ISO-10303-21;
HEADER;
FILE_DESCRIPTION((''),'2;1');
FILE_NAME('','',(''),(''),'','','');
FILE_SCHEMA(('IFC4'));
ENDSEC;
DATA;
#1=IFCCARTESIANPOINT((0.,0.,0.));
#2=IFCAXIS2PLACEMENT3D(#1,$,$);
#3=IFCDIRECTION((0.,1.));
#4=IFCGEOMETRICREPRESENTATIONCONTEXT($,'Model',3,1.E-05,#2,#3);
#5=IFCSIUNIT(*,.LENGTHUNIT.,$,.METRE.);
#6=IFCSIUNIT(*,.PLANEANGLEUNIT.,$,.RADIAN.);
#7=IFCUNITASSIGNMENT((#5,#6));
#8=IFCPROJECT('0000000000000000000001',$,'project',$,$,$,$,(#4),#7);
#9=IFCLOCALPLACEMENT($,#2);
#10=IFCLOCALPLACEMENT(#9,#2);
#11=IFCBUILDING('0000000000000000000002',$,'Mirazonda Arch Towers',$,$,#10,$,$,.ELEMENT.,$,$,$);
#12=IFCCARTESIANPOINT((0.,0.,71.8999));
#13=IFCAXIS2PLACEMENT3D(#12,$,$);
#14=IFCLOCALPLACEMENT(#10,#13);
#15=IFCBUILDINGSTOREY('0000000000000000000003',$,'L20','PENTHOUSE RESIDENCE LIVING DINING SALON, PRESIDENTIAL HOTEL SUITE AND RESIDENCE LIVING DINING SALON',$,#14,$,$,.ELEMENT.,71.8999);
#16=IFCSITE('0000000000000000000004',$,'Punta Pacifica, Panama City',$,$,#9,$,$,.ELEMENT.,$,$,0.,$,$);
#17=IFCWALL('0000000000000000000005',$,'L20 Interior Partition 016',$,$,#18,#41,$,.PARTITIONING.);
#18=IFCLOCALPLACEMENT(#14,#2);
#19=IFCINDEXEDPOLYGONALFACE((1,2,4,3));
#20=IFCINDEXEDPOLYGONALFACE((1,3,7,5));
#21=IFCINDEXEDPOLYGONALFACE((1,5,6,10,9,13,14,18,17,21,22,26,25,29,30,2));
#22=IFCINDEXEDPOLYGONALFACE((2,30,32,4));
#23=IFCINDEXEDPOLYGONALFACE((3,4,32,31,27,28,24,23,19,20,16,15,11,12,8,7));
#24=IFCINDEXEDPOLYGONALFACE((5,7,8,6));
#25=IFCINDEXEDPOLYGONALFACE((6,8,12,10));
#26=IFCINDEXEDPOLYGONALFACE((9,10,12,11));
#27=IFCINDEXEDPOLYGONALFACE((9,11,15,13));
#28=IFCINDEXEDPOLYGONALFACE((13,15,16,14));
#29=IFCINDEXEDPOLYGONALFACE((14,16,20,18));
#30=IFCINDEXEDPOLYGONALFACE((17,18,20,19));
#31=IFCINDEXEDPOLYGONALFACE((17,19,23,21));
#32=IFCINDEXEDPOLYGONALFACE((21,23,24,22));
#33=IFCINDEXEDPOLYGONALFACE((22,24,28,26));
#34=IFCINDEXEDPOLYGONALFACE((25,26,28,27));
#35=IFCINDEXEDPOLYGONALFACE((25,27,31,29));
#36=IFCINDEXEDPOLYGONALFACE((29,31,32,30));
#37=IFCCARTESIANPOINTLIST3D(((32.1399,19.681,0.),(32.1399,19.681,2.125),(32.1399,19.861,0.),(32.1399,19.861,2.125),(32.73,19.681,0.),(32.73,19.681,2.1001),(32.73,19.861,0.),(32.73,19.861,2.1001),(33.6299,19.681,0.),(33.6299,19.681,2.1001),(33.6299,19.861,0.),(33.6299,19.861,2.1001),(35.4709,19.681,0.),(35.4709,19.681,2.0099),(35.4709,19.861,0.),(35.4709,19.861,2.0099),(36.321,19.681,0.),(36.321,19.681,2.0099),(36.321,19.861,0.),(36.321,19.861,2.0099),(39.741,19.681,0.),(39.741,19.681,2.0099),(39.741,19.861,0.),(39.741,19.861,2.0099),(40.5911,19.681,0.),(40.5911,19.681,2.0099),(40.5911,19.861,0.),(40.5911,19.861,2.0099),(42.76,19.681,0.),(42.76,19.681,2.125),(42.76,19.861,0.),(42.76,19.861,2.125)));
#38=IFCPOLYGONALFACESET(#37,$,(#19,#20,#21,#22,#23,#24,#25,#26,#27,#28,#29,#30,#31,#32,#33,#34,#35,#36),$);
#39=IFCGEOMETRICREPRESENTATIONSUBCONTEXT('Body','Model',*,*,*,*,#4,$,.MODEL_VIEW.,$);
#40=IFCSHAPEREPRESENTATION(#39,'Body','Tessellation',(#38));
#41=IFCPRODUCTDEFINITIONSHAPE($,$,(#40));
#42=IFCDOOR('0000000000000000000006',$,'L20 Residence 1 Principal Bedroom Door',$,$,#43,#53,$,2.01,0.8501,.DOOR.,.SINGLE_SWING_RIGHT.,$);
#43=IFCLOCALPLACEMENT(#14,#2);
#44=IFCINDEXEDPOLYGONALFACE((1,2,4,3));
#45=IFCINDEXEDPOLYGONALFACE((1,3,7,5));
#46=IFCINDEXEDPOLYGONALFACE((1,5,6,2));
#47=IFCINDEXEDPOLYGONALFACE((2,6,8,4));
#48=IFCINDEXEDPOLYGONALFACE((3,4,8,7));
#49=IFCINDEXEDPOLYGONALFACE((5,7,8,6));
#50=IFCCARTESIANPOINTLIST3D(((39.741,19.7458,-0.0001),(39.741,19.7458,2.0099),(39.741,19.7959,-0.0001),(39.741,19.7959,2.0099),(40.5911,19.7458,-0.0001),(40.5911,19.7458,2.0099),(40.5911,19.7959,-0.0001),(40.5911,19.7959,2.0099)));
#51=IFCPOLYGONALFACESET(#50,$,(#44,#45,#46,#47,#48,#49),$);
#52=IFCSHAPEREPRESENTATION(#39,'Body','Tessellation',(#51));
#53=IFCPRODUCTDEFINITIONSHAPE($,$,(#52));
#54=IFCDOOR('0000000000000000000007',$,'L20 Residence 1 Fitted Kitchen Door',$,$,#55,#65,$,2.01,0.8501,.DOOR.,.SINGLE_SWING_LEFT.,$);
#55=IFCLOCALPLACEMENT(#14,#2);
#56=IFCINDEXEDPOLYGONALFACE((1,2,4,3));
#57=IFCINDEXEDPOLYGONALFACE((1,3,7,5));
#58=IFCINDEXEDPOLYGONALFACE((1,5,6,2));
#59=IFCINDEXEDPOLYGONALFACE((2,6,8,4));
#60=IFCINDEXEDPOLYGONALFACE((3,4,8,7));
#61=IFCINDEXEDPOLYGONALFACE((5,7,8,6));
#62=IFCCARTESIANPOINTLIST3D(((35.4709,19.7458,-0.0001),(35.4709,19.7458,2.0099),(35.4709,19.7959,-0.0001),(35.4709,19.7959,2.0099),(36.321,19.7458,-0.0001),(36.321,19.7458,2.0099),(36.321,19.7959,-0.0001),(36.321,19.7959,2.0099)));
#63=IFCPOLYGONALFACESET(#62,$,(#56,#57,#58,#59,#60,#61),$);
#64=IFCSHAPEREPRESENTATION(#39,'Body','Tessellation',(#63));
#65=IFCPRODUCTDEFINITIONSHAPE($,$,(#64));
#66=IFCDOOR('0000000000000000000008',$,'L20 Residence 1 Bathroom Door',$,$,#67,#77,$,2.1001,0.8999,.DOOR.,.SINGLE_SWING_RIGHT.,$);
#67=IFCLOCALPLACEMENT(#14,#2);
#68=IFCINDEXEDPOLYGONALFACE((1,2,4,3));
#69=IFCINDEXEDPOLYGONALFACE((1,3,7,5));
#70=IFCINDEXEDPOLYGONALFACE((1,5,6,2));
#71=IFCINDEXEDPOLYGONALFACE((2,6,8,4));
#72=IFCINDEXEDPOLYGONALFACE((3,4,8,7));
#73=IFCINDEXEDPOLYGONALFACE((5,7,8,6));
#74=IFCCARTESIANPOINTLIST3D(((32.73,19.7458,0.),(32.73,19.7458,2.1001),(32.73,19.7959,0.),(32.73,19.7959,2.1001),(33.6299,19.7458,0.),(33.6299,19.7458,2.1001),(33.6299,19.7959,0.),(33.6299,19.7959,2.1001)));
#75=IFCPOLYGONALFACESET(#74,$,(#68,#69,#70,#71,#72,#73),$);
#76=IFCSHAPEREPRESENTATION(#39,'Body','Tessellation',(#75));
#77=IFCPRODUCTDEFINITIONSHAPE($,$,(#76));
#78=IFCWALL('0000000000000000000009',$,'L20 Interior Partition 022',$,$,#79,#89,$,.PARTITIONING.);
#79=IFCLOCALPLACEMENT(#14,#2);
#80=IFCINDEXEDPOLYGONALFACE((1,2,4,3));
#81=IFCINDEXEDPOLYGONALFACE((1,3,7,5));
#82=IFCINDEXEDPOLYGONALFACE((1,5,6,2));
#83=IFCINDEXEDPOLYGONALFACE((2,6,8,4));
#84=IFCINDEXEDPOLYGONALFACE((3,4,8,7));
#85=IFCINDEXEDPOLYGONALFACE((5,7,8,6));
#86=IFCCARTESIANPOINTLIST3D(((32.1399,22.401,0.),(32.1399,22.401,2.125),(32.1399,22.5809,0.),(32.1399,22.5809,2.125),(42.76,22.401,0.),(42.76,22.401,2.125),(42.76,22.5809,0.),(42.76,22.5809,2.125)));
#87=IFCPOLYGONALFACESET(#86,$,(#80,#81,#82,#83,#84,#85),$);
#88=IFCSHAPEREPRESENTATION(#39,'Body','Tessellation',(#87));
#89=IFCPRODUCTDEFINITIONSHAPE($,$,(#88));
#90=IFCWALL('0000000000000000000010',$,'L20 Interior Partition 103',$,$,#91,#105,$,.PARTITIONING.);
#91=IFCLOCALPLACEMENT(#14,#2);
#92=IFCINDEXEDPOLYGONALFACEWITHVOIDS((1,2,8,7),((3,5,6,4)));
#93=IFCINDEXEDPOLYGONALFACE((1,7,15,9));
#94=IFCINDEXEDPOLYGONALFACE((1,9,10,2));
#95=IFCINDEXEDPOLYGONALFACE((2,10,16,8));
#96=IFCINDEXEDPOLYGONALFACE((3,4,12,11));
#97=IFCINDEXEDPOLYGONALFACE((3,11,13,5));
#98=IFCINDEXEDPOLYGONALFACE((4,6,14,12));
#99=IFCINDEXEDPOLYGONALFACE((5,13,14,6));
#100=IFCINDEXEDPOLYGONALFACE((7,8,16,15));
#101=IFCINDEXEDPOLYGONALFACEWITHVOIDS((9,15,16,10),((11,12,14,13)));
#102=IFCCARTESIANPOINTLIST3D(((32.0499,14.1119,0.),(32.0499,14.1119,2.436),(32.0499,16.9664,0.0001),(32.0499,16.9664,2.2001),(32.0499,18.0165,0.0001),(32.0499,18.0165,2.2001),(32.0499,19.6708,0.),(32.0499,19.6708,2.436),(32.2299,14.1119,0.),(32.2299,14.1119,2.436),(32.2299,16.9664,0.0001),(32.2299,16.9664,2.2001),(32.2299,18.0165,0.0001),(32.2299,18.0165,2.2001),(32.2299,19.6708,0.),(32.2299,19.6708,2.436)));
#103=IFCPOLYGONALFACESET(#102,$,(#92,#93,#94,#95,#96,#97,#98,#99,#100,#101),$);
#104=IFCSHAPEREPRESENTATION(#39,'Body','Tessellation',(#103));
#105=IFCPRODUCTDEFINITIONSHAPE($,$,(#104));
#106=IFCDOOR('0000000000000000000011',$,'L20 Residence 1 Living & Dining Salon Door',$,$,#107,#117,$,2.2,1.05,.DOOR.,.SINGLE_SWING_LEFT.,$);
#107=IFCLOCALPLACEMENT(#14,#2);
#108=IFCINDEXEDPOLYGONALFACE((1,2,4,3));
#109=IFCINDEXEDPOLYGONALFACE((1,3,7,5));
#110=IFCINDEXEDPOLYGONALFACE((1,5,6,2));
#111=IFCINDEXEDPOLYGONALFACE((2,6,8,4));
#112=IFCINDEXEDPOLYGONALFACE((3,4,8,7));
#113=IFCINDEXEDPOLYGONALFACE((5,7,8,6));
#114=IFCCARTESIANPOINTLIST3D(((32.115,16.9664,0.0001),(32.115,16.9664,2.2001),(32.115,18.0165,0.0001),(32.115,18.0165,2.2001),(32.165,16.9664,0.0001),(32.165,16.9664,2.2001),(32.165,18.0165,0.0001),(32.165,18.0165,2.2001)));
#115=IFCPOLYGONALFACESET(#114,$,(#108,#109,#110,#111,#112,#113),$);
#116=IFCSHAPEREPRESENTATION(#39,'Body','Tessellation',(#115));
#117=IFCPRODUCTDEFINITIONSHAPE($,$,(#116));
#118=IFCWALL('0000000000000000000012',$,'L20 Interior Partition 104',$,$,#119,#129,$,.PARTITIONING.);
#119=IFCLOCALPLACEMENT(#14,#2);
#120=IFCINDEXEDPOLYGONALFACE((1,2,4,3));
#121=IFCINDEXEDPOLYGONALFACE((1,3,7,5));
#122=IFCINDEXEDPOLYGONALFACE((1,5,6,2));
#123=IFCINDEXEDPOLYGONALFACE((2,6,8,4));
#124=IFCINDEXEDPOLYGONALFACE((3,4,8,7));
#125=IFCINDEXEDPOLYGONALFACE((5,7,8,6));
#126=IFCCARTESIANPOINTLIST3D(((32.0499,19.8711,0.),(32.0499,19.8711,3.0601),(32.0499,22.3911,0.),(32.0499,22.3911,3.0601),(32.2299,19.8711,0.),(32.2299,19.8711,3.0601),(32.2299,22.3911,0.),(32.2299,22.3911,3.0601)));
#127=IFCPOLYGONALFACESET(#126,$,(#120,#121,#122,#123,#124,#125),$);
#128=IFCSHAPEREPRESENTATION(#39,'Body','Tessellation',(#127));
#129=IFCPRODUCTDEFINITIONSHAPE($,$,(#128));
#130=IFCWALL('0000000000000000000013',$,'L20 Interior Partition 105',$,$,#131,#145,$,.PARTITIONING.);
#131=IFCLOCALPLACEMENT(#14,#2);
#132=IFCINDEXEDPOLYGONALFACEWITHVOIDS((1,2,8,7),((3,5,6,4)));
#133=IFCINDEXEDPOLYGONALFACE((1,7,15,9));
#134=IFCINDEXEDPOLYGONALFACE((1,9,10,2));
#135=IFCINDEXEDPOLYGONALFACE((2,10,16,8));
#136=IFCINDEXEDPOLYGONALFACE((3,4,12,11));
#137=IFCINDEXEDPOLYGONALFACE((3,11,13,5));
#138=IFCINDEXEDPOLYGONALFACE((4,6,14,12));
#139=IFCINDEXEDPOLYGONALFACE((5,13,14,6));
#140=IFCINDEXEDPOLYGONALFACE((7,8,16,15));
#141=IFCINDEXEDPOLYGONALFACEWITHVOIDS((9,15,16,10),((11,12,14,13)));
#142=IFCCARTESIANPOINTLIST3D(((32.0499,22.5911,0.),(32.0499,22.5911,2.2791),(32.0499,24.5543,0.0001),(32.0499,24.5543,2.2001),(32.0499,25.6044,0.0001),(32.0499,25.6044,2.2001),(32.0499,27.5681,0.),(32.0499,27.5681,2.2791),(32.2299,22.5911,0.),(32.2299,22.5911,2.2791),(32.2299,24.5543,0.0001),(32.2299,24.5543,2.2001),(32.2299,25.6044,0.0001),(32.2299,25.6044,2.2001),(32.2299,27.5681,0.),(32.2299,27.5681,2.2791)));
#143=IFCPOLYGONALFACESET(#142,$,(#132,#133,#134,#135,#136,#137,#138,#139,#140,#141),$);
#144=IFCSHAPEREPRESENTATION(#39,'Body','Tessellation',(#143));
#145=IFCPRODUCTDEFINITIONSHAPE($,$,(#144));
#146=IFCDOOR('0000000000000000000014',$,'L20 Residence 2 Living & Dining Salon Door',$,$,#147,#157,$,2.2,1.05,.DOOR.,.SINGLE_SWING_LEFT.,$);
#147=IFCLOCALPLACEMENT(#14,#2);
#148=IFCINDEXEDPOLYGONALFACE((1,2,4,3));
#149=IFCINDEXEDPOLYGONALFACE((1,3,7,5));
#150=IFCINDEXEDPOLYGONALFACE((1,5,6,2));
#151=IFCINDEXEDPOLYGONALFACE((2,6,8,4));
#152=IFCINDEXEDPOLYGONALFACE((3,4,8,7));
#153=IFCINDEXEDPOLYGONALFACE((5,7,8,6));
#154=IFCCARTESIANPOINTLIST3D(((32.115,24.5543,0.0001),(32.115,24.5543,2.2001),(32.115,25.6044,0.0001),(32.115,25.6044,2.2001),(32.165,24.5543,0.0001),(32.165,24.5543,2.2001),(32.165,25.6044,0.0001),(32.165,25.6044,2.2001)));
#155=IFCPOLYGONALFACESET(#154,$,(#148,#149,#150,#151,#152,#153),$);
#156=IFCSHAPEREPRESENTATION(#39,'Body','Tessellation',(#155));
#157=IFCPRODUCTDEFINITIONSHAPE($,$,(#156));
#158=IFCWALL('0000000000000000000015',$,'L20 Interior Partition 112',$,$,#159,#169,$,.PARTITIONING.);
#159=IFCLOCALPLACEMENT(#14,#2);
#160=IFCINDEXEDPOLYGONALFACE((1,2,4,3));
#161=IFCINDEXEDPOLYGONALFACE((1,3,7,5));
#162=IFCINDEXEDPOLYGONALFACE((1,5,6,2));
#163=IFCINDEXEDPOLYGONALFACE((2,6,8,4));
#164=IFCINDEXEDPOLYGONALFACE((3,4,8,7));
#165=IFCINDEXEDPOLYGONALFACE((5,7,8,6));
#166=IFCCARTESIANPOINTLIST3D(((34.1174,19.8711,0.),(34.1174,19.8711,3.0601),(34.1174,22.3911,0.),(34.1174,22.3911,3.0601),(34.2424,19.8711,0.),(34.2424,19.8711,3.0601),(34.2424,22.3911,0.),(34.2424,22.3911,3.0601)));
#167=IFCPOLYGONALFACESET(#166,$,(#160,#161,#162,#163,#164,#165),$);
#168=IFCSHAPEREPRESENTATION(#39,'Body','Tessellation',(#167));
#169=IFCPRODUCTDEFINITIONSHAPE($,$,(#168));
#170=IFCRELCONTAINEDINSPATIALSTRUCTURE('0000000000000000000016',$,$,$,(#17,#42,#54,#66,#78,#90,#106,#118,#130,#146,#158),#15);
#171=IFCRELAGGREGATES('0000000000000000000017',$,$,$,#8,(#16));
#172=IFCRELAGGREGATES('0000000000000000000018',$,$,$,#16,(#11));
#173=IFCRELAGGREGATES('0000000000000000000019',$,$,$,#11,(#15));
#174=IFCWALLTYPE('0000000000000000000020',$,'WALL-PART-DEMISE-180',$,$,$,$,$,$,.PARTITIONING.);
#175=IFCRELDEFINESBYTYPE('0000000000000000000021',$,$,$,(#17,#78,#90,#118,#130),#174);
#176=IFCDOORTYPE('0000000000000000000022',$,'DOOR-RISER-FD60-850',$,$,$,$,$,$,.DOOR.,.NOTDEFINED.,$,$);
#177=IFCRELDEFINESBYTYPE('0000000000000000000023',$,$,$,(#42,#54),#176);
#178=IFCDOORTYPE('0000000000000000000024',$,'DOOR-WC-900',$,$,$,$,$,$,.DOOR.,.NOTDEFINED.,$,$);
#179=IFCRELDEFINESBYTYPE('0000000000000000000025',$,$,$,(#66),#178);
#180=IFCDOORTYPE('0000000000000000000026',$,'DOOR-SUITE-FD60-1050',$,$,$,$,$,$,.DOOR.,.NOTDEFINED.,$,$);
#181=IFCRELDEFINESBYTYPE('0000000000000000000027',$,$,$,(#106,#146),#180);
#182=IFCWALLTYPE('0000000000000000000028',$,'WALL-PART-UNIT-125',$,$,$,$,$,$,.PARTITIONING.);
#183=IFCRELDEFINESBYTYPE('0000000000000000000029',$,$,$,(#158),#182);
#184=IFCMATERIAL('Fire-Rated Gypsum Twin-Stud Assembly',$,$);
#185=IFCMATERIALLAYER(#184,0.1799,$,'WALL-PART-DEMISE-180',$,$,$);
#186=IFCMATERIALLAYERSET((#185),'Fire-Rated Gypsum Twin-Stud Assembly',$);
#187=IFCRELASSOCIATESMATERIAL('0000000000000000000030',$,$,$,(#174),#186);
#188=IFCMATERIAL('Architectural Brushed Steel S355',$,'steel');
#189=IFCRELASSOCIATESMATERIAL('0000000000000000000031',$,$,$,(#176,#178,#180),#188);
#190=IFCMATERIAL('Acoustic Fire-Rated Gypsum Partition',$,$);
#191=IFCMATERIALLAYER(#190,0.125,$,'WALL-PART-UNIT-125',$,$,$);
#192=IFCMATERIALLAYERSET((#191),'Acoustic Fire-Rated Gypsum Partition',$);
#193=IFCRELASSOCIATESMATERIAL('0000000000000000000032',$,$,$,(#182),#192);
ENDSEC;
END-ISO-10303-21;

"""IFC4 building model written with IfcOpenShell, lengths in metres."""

from ifc_helpers import new_model, si_unit, direction, frame, frame_2d, origin, place, context, subcontext, project, spatial, rectangle, extrude, material, layer, layer_set, type_object, element, fill, save


model = new_model("IFC4")

# Units and contexts
model_context = context("Model", 3, precision=1e-05, world=origin(), true_north=direction((0.0, 1.0)))
body_context = subcontext(model_context, "Body", "Model", "MODEL_VIEW")
ifc_project = project(units=[si_unit("LENGTHUNIT", "METRE"), si_unit("PLANEANGLEUNIT", "RADIAN")], contexts=[model_context])

# Site, building, storey
site_placement = place(None, origin())
site = spatial("IfcSite", under=ifc_project, at=site_placement, Name="Punta Pacifica, Panama City", CompositionType="ELEMENT", RefElevation=0.0)
building_placement = place(site_placement, origin())
building = spatial("IfcBuilding", under=site, at=building_placement, Name="Mirazonda Arch Towers", CompositionType="ELEMENT")
storey_placement = place(building_placement, frame((0.0, 0.0, 71.8999)))
storey = spatial("IfcBuildingStorey", under=building, at=storey_placement, Name="L20", Description="PENTHOUSE RESIDENCE LIVING DINING SALON, PRESIDENTIAL HOTEL SUITE AND RESIDENCE LIVING DINING SALON", CompositionType="ELEMENT", Elevation=71.8999)

# Wall, openings, doors
ifc_material_1 = material(Name="Fire-Rated Gypsum Twin-Stud Assembly")
ifc_layer_1 = layer(ifc_material_1, 0.1799, Name="WALL-PART-DEMISE-180")
ifc_layer_set_1 = layer_set([ifc_layer_1], Name="Fire-Rated Gypsum Twin-Stud Assembly")
wall_type_1 = type_object("IfcWallType", Name="WALL-PART-DEMISE-180", PredefinedType="PARTITIONING", material=ifc_layer_set_1)
wall_1_placement = place(storey_placement, frame((32.1399, 19.771, 0.0), z_axis=(0.0, 0.0, 1.0), x_axis=(1.0, 0.0, 0.0)))
wall_1 = element("IfcWall", 1, at=wall_1_placement, inside=storey, type_object=wall_type_1, Name="L20 Interior Partition 016", PredefinedType="PARTITIONING", context=body_context, shape_type="SweptSolid", body=[
    extrude(rectangle(XDim=10.6201, YDim=0.1799, at=frame_2d((5.3101, 0.0))), origin(), (0.0, 0.0, 1.0), 2.125),
])
opening_1_placement = place(wall_1_placement, frame((7.6011, 0.0, 0.0)))
opening_1 = element("IfcOpeningElement", 2, at=opening_1_placement, cuts=wall_1, PredefinedType="OPENING", context=body_context, shape_type="SweptSolid", body=[
    extrude(rectangle(XDim=0.8501, YDim=2.01, at=frame_2d((0.425, 1.0049))), frame((0.0, 0.0999, 0.0), z_axis=(0.0, -1.0, 0.0), x_axis=(1.0, 0.0, 0.0)), (0.0, 0.0, 1.0), 0.2),
])
opening_2_placement = place(wall_1_placement, frame((3.3311, 0.0, 0.0)))
opening_2 = element("IfcOpeningElement", 3, at=opening_2_placement, cuts=wall_1, PredefinedType="OPENING", context=body_context, shape_type="SweptSolid", body=[
    extrude(rectangle(XDim=0.8501, YDim=2.01, at=frame_2d((0.425, 1.0049))), frame((0.0, 0.0999, 0.0), z_axis=(0.0, -1.0, 0.0), x_axis=(1.0, 0.0, 0.0)), (0.0, 0.0, 1.0), 0.2),
])
opening_3_placement = place(wall_1_placement, frame((0.5901, 0.0, 0.0)))
opening_3 = element("IfcOpeningElement", 4, at=opening_3_placement, cuts=wall_1, PredefinedType="OPENING", context=body_context, shape_type="SweptSolid", body=[
    extrude(rectangle(XDim=0.8999, YDim=2.1001, at=frame_2d((0.45, 1.05))), frame((0.0, 0.0999, 0.0), z_axis=(0.0, -1.0, 0.0), x_axis=(1.0, 0.0, 0.0)), (0.0, 0.0, 1.0), 0.2),
])
ifc_material_2 = material(Name="Architectural Brushed Steel S355", Category="steel")
door_type_1 = type_object("IfcDoorType", Name="DOOR-RISER-FD60-850", OperationType="NOTDEFINED", PredefinedType="DOOR", material=ifc_material_2)
door_1_placement = place(opening_1_placement, origin())
door_1 = element("IfcDoor", 5, at=door_1_placement, inside=storey, type_object=door_type_1, Name="L20 Residence 1 Principal Bedroom Door", OperationType="SINGLE_SWING_RIGHT", OverallHeight=2.01, OverallWidth=0.8501, PredefinedType="DOOR", context=body_context, shape_type="SweptSolid", body=[
    extrude(rectangle(XDim=0.8501, YDim=2.01, at=frame_2d((0.425, 1.0049))), frame((0.0, 0.0249, 0.0), z_axis=(0.0, -1.0, 0.0), x_axis=(1.0, 0.0, 0.0)), (0.0, 0.0, 1.0), 0.05),
])
fill(opening_1, door_1)
door_2_placement = place(opening_2_placement, origin())
door_2 = element("IfcDoor", 6, at=door_2_placement, inside=storey, type_object=door_type_1, Name="L20 Residence 1 Fitted Kitchen Door", OperationType="SINGLE_SWING_LEFT", OverallHeight=2.01, OverallWidth=0.8501, PredefinedType="DOOR", context=body_context, shape_type="SweptSolid", body=[
    extrude(rectangle(XDim=0.8501, YDim=2.01, at=frame_2d((0.425, 1.0049))), frame((0.0, 0.0249, 0.0), z_axis=(0.0, -1.0, 0.0), x_axis=(1.0, 0.0, 0.0)), (0.0, 0.0, 1.0), 0.05),
])
fill(opening_2, door_2)
door_type_2 = type_object("IfcDoorType", Name="DOOR-WC-900", OperationType="NOTDEFINED", PredefinedType="DOOR", material=ifc_material_2)
door_3_placement = place(opening_3_placement, origin())
door_3 = element("IfcDoor", 7, at=door_3_placement, inside=storey, type_object=door_type_2, Name="L20 Residence 1 Bathroom Door", OperationType="SINGLE_SWING_RIGHT", OverallHeight=2.1001, OverallWidth=0.8999, PredefinedType="DOOR", context=body_context, shape_type="SweptSolid", body=[
    extrude(rectangle(XDim=0.8999, YDim=2.1001, at=frame_2d((0.45, 1.05))), frame((0.0, 0.0249, 0.0), z_axis=(0.0, -1.0, 0.0), x_axis=(1.0, 0.0, 0.0)), (0.0, 0.0, 1.0), 0.05),
])
fill(opening_3, door_3)

# Wall
wall_2_placement = place(storey_placement, frame((32.1399, 22.491, 0.0), z_axis=(0.0, 0.0, 1.0), x_axis=(1.0, 0.0, 0.0)))
element("IfcWall", 8, at=wall_2_placement, inside=storey, type_object=wall_type_1, Name="L20 Interior Partition 022", PredefinedType="PARTITIONING", context=body_context, shape_type="SweptSolid", body=[
    extrude(rectangle(XDim=10.6201, YDim=0.1799, at=frame_2d((5.3101, 0.0))), origin(), (0.0, 0.0, 1.0), 2.125),
])

# Wall, opening, door
wall_3_placement = place(storey_placement, frame((32.1399, 14.1121, 0.0), z_axis=(0.0, 0.0, 1.0), x_axis=(0.0, 1.0, 0.0)))
wall_3 = element("IfcWall", 9, at=wall_3_placement, inside=storey, type_object=wall_type_1, Name="L20 Interior Partition 103", PredefinedType="PARTITIONING", context=body_context, shape_type="SweptSolid", body=[
    extrude(rectangle(XDim=5.5588, YDim=0.1799, at=frame_2d((2.7793, 0.0))), origin(), (0.0, 0.0, 1.0), 2.436),
])
opening_4_placement = place(wall_3_placement, frame((2.8545, 0.0, 0.0)))
opening_4 = element("IfcOpeningElement", 10, at=opening_4_placement, cuts=wall_3, PredefinedType="OPENING", context=body_context, shape_type="SweptSolid", body=[
    extrude(rectangle(XDim=1.05, YDim=2.2, at=frame_2d((0.5249, 1.1001))), frame((0.0, 0.0999, 0.0), z_axis=(0.0, -1.0, 0.0), x_axis=(1.0, 0.0, 0.0)), (0.0, 0.0, 1.0), 0.2),
])
door_type_3 = type_object("IfcDoorType", Name="DOOR-SUITE-FD60-1050", OperationType="NOTDEFINED", PredefinedType="DOOR", material=ifc_material_2)
door_4_placement = place(opening_4_placement, origin())
door_4 = element("IfcDoor", 11, at=door_4_placement, inside=storey, type_object=door_type_3, Name="L20 Residence 1 Living & Dining Salon Door", OperationType="SINGLE_SWING_LEFT", OverallHeight=2.2, OverallWidth=1.05, PredefinedType="DOOR", context=body_context, shape_type="SweptSolid", body=[
    extrude(rectangle(XDim=1.05, YDim=2.2, at=frame_2d((0.5249, 1.1001))), frame((0.0, 0.0249, 0.0), z_axis=(0.0, -1.0, 0.0), x_axis=(1.0, 0.0, 0.0)), (0.0, 0.0, 1.0), 0.05),
])
fill(opening_4, door_4)

# Wall
wall_4_placement = place(storey_placement, frame((32.1399, 19.8711, 0.0), z_axis=(0.0, 0.0, 1.0), x_axis=(0.0, 1.0, 0.0)))
element("IfcWall", 12, at=wall_4_placement, inside=storey, type_object=wall_type_1, Name="L20 Interior Partition 104", PredefinedType="PARTITIONING", context=body_context, shape_type="SweptSolid", body=[
    extrude(rectangle(XDim=2.52, YDim=0.1799, at=frame_2d((1.26, 0.0))), origin(), (0.0, 0.0, 1.0), 3.0601),
])

# Wall, opening, door
wall_5_placement = place(storey_placement, frame((32.1399, 22.5911, 0.0), z_axis=(0.0, 0.0, 1.0), x_axis=(0.0, 1.0, 0.0)))
wall_5 = element("IfcWall", 13, at=wall_5_placement, inside=storey, type_object=wall_type_1, Name="L20 Interior Partition 105", PredefinedType="PARTITIONING", context=body_context, shape_type="SweptSolid", body=[
    extrude(rectangle(XDim=4.9771, YDim=0.1799, at=frame_2d((2.4885, 0.0))), origin(), (0.0, 0.0, 1.0), 2.2791),
])
opening_5_placement = place(wall_5_placement, frame((1.9634, 0.0, 0.0)))
opening_5 = element("IfcOpeningElement", 14, at=opening_5_placement, cuts=wall_5, PredefinedType="OPENING", context=body_context, shape_type="SweptSolid", body=[
    extrude(rectangle(XDim=1.05, YDim=2.2, at=frame_2d((0.5249, 1.1001))), frame((0.0, 0.0999, 0.0), z_axis=(0.0, -1.0, 0.0), x_axis=(1.0, 0.0, 0.0)), (0.0, 0.0, 1.0), 0.2),
])
door_5_placement = place(opening_5_placement, origin())
door_5 = element("IfcDoor", 15, at=door_5_placement, inside=storey, type_object=door_type_3, Name="L20 Residence 2 Living & Dining Salon Door", OperationType="SINGLE_SWING_LEFT", OverallHeight=2.2, OverallWidth=1.05, PredefinedType="DOOR", context=body_context, shape_type="SweptSolid", body=[
    extrude(rectangle(XDim=1.05, YDim=2.2, at=frame_2d((0.5249, 1.1001))), frame((0.0, 0.0249, 0.0), z_axis=(0.0, -1.0, 0.0), x_axis=(1.0, 0.0, 0.0)), (0.0, 0.0, 1.0), 0.05),
])
fill(opening_5, door_5)

# Wall
ifc_material_3 = material(Name="Acoustic Fire-Rated Gypsum Partition")
ifc_layer_2 = layer(ifc_material_3, 0.125, Name="WALL-PART-UNIT-125")
ifc_layer_set_2 = layer_set([ifc_layer_2], Name="Acoustic Fire-Rated Gypsum Partition")
wall_type_2 = type_object("IfcWallType", Name="WALL-PART-UNIT-125", PredefinedType="PARTITIONING", material=ifc_layer_set_2)
wall_6_placement = place(storey_placement, frame((34.1799, 19.8711, 0.0), z_axis=(0.0, 0.0, 1.0), x_axis=(0.0, 1.0, 0.0)))
element("IfcWall", 16, at=wall_6_placement, inside=storey, type_object=wall_type_2, Name="L20 Interior Partition 112", PredefinedType="PARTITIONING", context=body_context, shape_type="SweptSolid", body=[
    extrude(rectangle(XDim=2.52, YDim=0.125, at=frame_2d((1.26, 0.0))), origin(), (0.0, 0.0, 1.0), 3.0601),
])

save(model, "model.ifc")
